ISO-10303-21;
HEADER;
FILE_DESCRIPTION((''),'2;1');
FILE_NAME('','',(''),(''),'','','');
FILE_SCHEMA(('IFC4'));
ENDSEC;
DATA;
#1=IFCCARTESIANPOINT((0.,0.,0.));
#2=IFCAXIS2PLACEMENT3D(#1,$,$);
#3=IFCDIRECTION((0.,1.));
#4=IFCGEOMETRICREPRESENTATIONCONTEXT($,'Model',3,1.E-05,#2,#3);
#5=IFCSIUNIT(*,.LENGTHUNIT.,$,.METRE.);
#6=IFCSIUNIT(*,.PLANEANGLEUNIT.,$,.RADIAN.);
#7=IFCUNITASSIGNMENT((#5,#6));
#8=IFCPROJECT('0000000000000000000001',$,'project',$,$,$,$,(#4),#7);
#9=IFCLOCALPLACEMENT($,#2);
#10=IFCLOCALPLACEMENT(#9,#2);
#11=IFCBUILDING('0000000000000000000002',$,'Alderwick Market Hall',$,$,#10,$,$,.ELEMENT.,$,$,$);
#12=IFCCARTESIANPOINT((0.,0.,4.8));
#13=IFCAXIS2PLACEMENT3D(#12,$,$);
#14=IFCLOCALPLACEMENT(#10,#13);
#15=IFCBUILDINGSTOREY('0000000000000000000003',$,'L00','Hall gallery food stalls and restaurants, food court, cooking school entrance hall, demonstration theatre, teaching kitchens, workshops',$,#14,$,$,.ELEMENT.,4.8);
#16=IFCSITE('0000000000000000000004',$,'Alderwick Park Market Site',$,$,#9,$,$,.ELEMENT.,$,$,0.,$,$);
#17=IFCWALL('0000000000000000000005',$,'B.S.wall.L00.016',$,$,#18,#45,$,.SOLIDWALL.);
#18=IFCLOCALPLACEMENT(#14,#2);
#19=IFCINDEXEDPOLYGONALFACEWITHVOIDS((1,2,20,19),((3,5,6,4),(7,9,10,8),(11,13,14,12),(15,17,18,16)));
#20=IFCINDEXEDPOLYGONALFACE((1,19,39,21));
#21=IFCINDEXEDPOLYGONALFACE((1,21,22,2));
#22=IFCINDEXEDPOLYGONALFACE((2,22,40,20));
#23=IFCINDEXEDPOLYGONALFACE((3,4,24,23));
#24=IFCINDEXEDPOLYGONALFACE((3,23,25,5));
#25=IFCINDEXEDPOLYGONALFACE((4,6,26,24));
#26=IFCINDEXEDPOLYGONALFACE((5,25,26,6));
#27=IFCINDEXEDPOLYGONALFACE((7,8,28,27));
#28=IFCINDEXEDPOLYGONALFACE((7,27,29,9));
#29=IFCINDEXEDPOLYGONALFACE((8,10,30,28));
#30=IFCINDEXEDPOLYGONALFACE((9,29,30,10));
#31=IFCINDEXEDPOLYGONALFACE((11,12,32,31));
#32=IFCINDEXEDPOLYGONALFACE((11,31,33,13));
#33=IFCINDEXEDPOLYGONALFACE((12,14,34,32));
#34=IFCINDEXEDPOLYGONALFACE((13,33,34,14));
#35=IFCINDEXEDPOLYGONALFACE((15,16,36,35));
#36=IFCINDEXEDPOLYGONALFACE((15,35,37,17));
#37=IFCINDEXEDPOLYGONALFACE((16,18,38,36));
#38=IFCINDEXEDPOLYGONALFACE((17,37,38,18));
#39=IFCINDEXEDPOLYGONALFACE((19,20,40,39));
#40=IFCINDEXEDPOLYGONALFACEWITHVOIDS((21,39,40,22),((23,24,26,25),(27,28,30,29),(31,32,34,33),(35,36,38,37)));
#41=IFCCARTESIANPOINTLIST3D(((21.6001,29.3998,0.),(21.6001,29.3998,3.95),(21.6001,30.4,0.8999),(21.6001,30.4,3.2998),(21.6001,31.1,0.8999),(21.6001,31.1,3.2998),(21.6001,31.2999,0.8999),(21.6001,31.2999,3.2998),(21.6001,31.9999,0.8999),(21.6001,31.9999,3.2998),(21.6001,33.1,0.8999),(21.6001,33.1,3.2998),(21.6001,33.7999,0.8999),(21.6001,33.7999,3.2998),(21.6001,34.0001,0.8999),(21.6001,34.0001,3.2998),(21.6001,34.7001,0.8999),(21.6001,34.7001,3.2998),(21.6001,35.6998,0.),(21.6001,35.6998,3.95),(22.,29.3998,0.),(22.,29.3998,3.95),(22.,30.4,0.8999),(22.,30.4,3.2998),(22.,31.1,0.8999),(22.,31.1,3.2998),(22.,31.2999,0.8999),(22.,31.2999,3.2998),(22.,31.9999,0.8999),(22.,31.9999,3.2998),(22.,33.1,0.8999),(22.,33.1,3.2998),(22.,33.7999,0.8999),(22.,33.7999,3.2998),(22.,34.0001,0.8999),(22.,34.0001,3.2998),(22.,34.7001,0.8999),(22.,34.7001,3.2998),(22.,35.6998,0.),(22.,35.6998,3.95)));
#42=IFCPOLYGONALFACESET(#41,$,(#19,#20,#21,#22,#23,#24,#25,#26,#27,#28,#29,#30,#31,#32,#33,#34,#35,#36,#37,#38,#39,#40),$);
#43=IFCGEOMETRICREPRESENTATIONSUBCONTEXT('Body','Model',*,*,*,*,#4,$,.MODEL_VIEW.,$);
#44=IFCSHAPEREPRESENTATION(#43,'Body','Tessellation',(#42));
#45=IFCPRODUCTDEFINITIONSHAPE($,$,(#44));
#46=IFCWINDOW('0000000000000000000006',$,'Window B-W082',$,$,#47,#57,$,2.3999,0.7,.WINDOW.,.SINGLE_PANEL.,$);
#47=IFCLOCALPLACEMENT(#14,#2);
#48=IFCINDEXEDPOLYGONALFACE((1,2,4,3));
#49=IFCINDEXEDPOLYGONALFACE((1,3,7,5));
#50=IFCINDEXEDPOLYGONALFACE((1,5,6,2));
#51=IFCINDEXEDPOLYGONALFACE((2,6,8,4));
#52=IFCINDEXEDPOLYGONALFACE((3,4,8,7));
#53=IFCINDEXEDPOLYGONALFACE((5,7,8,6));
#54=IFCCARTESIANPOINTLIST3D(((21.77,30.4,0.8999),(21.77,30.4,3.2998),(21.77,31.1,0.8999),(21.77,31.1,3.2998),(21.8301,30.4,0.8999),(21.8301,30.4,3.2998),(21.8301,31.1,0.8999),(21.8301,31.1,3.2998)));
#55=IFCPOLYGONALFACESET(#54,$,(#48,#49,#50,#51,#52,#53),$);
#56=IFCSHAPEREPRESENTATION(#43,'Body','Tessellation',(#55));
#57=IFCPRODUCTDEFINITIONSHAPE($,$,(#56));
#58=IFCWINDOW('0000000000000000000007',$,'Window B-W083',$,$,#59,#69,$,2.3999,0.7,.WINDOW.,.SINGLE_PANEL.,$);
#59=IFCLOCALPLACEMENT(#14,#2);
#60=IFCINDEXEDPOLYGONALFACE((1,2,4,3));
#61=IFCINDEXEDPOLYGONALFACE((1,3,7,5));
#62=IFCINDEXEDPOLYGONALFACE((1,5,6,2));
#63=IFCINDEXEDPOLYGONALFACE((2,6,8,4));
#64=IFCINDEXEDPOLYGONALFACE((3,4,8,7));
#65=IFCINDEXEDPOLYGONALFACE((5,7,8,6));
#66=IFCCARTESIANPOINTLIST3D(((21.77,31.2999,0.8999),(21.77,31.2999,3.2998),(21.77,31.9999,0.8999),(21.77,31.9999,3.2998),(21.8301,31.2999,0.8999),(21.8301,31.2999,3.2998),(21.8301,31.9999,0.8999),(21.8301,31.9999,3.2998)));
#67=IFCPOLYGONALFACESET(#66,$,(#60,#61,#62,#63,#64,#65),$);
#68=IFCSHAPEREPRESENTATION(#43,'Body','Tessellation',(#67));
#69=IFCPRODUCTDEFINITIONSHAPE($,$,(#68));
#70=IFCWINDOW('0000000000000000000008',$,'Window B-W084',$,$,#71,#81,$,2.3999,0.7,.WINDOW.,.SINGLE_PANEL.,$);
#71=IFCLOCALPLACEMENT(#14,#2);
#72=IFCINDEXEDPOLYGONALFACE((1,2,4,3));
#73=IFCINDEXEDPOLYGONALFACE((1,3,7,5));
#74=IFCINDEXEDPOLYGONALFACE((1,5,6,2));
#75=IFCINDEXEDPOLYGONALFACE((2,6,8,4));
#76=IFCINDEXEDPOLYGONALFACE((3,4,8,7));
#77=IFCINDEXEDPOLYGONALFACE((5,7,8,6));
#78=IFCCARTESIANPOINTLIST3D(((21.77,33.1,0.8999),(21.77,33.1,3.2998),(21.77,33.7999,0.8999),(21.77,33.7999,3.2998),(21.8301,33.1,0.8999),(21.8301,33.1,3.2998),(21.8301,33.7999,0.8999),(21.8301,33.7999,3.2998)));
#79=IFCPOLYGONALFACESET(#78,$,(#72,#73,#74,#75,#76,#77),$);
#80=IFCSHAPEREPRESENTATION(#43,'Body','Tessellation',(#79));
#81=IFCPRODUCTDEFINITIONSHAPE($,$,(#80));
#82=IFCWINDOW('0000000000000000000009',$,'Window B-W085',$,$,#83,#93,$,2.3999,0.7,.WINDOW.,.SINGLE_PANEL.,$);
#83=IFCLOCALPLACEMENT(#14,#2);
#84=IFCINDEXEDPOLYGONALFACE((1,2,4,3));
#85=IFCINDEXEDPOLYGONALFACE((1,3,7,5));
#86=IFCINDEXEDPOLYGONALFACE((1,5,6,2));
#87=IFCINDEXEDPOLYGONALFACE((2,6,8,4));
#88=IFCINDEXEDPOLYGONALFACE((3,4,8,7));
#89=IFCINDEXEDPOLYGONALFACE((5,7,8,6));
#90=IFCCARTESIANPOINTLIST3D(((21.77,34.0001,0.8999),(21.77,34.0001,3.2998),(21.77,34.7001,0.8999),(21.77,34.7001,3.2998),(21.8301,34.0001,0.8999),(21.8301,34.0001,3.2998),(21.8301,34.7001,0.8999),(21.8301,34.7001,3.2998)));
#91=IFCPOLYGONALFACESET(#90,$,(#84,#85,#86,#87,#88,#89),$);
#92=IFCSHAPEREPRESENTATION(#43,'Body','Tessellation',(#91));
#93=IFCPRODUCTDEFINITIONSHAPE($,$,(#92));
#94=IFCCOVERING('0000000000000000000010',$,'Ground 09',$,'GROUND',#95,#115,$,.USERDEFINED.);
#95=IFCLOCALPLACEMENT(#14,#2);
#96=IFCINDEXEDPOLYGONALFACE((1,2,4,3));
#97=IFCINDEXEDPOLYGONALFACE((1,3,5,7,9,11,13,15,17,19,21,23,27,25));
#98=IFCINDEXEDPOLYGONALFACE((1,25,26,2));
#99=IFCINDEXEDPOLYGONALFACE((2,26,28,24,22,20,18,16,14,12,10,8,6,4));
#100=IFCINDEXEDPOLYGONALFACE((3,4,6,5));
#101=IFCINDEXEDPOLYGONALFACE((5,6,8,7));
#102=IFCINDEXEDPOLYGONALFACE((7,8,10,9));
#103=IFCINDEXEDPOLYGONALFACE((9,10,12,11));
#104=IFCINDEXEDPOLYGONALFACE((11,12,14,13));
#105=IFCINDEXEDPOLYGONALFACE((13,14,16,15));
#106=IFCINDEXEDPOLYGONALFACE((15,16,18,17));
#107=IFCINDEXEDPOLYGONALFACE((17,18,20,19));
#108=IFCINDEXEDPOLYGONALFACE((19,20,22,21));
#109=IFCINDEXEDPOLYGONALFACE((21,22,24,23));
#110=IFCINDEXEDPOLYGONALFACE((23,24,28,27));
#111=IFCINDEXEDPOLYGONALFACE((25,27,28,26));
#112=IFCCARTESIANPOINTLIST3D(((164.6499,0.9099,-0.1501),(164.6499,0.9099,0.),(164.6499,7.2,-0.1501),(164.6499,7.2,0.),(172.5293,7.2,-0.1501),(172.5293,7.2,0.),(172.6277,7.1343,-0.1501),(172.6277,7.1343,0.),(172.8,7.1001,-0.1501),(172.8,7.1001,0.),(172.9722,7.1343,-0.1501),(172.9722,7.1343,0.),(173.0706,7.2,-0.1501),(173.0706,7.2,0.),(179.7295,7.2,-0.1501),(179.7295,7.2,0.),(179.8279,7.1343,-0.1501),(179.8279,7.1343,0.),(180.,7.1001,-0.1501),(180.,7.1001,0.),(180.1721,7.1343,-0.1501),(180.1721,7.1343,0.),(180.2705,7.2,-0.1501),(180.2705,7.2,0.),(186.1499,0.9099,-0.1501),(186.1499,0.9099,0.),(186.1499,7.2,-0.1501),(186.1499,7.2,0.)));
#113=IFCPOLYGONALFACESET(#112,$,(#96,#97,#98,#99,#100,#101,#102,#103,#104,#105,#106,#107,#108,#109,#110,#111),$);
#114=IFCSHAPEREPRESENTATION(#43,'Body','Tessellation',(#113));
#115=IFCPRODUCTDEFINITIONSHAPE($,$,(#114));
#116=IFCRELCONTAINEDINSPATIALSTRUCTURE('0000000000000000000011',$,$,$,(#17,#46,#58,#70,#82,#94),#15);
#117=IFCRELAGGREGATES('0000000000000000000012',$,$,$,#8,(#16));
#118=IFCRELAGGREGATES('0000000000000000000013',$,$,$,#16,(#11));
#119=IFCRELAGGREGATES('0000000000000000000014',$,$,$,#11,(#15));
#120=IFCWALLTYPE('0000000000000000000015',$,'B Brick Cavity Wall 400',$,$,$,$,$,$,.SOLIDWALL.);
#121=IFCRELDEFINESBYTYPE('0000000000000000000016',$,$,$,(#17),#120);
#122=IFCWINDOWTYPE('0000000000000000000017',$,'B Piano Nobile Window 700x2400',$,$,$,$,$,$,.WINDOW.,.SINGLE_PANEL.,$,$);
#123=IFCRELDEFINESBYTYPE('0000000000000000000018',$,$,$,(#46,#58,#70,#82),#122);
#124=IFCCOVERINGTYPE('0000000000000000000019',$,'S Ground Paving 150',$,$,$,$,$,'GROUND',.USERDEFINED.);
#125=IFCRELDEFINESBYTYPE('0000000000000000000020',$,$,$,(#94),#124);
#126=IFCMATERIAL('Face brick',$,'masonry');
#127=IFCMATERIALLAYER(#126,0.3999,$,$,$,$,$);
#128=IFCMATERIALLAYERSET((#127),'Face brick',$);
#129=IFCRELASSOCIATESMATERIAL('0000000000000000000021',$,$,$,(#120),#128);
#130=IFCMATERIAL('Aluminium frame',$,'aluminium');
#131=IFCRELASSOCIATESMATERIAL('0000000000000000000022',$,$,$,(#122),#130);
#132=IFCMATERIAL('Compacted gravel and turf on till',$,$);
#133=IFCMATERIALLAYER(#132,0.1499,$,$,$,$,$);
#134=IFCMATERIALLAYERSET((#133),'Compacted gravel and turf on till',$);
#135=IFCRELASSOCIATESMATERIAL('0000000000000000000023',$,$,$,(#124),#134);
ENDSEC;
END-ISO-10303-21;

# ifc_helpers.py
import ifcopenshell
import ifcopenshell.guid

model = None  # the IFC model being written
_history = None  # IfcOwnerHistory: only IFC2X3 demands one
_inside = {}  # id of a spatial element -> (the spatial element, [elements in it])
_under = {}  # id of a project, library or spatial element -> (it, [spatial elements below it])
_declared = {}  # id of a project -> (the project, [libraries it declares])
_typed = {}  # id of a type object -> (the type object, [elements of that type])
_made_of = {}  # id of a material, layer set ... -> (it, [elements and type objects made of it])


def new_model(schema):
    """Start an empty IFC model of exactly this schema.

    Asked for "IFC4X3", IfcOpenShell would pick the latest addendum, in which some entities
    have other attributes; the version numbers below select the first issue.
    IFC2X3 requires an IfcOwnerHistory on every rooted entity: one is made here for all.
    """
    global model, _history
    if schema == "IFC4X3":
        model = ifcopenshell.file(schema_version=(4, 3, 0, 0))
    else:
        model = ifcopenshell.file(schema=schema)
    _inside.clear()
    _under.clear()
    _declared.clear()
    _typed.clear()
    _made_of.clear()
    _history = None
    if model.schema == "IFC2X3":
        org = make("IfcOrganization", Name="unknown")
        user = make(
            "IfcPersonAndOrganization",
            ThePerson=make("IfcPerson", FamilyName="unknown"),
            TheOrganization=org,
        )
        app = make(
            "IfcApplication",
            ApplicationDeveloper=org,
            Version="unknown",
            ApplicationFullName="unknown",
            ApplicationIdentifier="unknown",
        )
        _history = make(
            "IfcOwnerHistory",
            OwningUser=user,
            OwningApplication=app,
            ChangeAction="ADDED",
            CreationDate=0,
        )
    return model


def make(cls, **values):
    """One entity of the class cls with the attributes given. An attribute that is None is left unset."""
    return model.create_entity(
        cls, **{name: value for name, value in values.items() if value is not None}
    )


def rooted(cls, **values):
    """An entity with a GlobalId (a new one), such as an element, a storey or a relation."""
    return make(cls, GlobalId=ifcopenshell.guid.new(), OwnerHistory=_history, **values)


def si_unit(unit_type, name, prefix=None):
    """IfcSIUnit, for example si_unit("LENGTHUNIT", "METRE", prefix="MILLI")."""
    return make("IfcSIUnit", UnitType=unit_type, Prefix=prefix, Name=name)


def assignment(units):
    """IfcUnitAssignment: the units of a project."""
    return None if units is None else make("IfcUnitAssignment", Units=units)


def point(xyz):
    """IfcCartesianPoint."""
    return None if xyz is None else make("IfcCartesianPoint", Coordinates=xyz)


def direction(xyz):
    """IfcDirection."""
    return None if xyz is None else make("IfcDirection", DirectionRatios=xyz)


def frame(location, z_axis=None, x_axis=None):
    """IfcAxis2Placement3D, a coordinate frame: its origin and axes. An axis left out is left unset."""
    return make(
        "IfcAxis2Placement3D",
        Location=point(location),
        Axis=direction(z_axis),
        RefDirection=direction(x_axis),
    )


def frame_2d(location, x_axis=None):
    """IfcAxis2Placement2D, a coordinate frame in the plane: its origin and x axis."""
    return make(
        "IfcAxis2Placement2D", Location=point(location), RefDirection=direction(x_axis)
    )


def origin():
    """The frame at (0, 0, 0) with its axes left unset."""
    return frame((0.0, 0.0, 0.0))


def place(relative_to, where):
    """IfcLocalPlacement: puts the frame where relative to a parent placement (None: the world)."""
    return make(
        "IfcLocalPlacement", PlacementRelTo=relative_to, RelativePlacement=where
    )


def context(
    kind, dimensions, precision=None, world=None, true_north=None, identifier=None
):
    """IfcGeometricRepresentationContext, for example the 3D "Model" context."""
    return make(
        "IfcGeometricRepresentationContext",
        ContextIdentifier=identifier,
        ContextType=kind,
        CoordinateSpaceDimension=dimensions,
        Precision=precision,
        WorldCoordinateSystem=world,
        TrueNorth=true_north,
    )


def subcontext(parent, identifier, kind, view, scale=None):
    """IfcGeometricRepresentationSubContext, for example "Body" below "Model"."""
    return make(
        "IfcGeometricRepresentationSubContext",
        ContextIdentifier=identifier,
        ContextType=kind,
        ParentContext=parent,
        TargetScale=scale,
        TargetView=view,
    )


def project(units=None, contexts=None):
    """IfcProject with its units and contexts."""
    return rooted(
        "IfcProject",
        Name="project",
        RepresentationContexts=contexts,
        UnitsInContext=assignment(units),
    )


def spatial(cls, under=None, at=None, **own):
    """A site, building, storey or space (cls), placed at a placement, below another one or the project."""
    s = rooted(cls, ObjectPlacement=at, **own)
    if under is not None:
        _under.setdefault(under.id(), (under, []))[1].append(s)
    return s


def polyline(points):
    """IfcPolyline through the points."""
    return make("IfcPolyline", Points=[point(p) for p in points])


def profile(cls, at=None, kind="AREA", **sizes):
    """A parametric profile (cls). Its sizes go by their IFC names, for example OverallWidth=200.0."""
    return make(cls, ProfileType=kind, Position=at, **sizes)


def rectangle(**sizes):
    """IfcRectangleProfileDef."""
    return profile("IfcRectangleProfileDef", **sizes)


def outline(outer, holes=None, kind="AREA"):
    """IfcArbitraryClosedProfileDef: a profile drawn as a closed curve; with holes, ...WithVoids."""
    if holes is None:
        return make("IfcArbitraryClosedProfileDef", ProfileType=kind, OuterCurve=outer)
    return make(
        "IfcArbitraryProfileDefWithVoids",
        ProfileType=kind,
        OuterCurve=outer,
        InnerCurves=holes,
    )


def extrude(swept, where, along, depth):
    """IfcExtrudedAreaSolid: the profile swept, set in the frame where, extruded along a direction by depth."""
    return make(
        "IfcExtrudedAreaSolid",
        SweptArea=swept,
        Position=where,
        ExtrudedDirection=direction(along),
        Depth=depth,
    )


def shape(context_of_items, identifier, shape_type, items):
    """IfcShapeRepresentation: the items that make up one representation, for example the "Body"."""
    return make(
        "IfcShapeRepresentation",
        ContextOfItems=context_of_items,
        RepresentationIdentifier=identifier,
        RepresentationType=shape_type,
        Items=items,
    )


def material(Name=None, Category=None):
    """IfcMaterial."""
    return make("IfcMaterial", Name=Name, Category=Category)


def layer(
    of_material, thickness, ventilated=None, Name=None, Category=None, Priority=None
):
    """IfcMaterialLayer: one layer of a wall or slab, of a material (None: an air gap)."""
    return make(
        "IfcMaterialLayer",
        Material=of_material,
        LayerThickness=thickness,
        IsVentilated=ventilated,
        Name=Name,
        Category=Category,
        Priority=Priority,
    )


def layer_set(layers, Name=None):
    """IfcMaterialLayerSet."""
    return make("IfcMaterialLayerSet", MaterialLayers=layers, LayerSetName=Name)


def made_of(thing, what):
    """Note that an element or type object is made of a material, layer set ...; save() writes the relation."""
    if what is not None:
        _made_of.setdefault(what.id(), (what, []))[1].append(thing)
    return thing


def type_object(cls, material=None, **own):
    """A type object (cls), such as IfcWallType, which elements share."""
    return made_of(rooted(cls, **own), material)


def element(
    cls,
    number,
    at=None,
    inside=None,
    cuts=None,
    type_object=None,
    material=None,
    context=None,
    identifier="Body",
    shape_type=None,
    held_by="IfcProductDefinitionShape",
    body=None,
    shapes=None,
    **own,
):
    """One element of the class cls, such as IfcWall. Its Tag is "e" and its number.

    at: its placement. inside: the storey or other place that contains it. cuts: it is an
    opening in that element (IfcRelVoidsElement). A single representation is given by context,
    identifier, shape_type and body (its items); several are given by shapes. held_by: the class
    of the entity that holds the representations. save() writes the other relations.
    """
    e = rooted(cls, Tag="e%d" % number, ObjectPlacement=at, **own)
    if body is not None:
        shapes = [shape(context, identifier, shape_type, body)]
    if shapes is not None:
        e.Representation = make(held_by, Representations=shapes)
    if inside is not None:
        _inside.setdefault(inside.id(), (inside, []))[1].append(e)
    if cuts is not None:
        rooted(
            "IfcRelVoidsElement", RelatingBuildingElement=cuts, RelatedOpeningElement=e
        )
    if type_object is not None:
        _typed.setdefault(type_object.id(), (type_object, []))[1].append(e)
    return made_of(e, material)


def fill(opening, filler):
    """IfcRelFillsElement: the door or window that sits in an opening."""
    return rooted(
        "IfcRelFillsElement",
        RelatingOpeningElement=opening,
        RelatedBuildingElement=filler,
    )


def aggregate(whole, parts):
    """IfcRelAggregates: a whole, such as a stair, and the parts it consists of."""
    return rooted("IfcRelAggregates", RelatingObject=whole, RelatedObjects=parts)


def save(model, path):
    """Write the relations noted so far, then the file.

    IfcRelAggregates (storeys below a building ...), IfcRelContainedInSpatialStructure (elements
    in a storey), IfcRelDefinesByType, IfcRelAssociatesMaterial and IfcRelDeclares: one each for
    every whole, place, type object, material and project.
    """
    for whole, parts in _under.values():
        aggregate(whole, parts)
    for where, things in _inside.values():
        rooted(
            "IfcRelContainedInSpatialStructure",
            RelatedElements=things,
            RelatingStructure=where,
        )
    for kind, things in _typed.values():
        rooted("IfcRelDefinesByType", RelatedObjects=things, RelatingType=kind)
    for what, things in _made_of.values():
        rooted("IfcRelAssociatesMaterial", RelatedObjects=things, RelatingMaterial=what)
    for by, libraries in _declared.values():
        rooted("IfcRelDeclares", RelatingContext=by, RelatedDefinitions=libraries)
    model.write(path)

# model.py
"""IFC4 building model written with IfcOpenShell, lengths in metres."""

from ifc_helpers import new_model, si_unit, direction, frame, frame_2d, origin, place, context, subcontext, project, spatial, polyline, rectangle, outline, extrude, material, layer, layer_set, type_object, element, fill, save


model = new_model("IFC4")

# Units and contexts
model_context = context("Model", 3, precision=1e-05, world=origin(), true_north=direction((0.0, 1.0)))
body_context = subcontext(model_context, "Body", "Model", "MODEL_VIEW")
ifc_project = project(units=[si_unit("LENGTHUNIT", "METRE"), si_unit("PLANEANGLEUNIT", "RADIAN")], contexts=[model_context])

# Site, building, storey
site_placement = place(None, origin())
site = spatial("IfcSite", under=ifc_project, at=site_placement, Name="Alderwick Park Market Site", CompositionType="ELEMENT", RefElevation=0.0)
building_placement = place(site_placement, origin())
building = spatial("IfcBuilding", under=site, at=building_placement, Name="Alderwick Market Hall", CompositionType="ELEMENT")
storey_placement = place(building_placement, frame((0.0, 0.0, 4.8)))
storey = spatial("IfcBuildingStorey", under=building, at=storey_placement, Name="L00", Description="Hall gallery food stalls and restaurants, food court, cooking school entrance hall, demonstration theatre, teaching kitchens, workshops", CompositionType="ELEMENT", Elevation=4.8)

# Wall, openings, windows
ifc_material_1 = material(Name="Face brick", Category="masonry")
ifc_layer_1 = layer(ifc_material_1, 0.3999)
ifc_layer_set_1 = layer_set([ifc_layer_1], Name="Face brick")
wall_type = type_object("IfcWallType", Name="B Brick Cavity Wall 400", PredefinedType="SOLIDWALL", material=ifc_layer_set_1)
ifc_material_2 = material(Name="Aluminium frame", Category="aluminium")
window_type = type_object("IfcWindowType", Name="B Piano Nobile Window 700x2400", PartitioningType="SINGLE_PANEL", PredefinedType="WINDOW", material=ifc_material_2)
wall_1_placement = place(storey_placement, frame((21.8, 29.3999, 0.0), z_axis=(0.0, 0.0, 1.0), x_axis=(0.0, 1.0, 0.0)))
wall_1 = element("IfcWall", 1, at=wall_1_placement, inside=storey, type_object=wall_type, Name="B.S.wall.L00.016", PredefinedType="SOLIDWALL", context=body_context, shape_type="SweptSolid", body=[
    extrude(rectangle(XDim=6.3, YDim=0.3999, at=frame_2d((3.1499, 0.0))), origin(), (0.0, 0.0, 1.0), 3.95),
])
opening_1_placement = place(wall_1_placement, frame((1.0, 0.0, 0.8999)))
opening_1 = element("IfcOpeningElement", 2, at=opening_1_placement, cuts=wall_1, PredefinedType="OPENING", context=body_context, shape_type="SweptSolid", body=[
    extrude(rectangle(XDim=0.7, YDim=2.3999, at=frame_2d((0.3501, 1.2))), frame((0.0, 0.21, 0.0), z_axis=(0.0, -1.0, 0.0), x_axis=(1.0, 0.0, 0.0)), (0.0, 0.0, 1.0), 0.4199),
])
opening_2_placement = place(wall_1_placement, frame((1.8999, 0.0, 0.8999)))
opening_2 = element("IfcOpeningElement", 3, at=opening_2_placement, cuts=wall_1, PredefinedType="OPENING", context=body_context, shape_type="SweptSolid", body=[
    extrude(rectangle(XDim=0.7, YDim=2.3999, at=frame_2d((0.3501, 1.2))), frame((0.0, 0.21, 0.0), z_axis=(0.0, -1.0, 0.0), x_axis=(1.0, 0.0, 0.0)), (0.0, 0.0, 1.0), 0.4199),
])
opening_3_placement = place(wall_1_placement, frame((3.7, 0.0, 0.8999)))
opening_3 = element("IfcOpeningElement", 4, at=opening_3_placement, cuts=wall_1, PredefinedType="OPENING", context=body_context, shape_type="SweptSolid", body=[
    extrude(rectangle(XDim=0.7, YDim=2.3999, at=frame_2d((0.3501, 1.2))), frame((0.0, 0.21, 0.0), z_axis=(0.0, -1.0, 0.0), x_axis=(1.0, 0.0, 0.0)), (0.0, 0.0, 1.0), 0.4199),
])
opening_4_placement = place(wall_1_placement, frame((4.6001, 0.0, 0.8999)))
opening_4 = element("IfcOpeningElement", 5, at=opening_4_placement, cuts=wall_1, PredefinedType="OPENING", context=body_context, shape_type="SweptSolid", body=[
    extrude(rectangle(XDim=0.7, YDim=2.3999, at=frame_2d((0.3501, 1.2))), frame((0.0, 0.21, 0.0), z_axis=(0.0, -1.0, 0.0), x_axis=(1.0, 0.0, 0.0)), (0.0, 0.0, 1.0), 0.4199),
])
window_1_placement = place(opening_1_placement, origin())
window_1 = element("IfcWindow", 6, at=window_1_placement, inside=storey, type_object=window_type, Name="Window B-W082", OverallHeight=2.3999, OverallWidth=0.7, PartitioningType="SINGLE_PANEL", PredefinedType="WINDOW", context=body_context, shape_type="SweptSolid", body=[
    extrude(rectangle(XDim=0.7, YDim=2.3999, at=frame_2d((0.3501, 1.2))), frame((0.0, 0.03, 0.0), z_axis=(0.0, -1.0, 0.0), x_axis=(1.0, 0.0, 0.0)), (0.0, 0.0, 1.0), 0.0601),
])
fill(opening_1, window_1)
window_2_placement = place(opening_2_placement, origin())
window_2 = element("IfcWindow", 7, at=window_2_placement, inside=storey, type_object=window_type, Name="Window B-W083", OverallHeight=2.3999, OverallWidth=0.7, PartitioningType="SINGLE_PANEL", PredefinedType="WINDOW", context=body_context, shape_type="SweptSolid", body=[
    extrude(rectangle(XDim=0.7, YDim=2.3999, at=frame_2d((0.3501, 1.2))), frame((0.0, 0.03, 0.0), z_axis=(0.0, -1.0, 0.0), x_axis=(1.0, 0.0, 0.0)), (0.0, 0.0, 1.0), 0.0601),
])
fill(opening_2, window_2)
window_3_placement = place(opening_3_placement, origin())
window_3 = element("IfcWindow", 8, at=window_3_placement, inside=storey, type_object=window_type, Name="Window B-W084", OverallHeight=2.3999, OverallWidth=0.7, PartitioningType="SINGLE_PANEL", PredefinedType="WINDOW", context=body_context, shape_type="SweptSolid", body=[
    extrude(rectangle(XDim=0.7, YDim=2.3999, at=frame_2d((0.3501, 1.2))), frame((0.0, 0.03, 0.0), z_axis=(0.0, -1.0, 0.0), x_axis=(1.0, 0.0, 0.0)), (0.0, 0.0, 1.0), 0.0601),
])
fill(opening_3, window_3)
window_4_placement = place(opening_4_placement, origin())
window_4 = element("IfcWindow", 9, at=window_4_placement, inside=storey, type_object=window_type, Name="Window B-W085", OverallHeight=2.3999, OverallWidth=0.7, PartitioningType="SINGLE_PANEL", PredefinedType="WINDOW", context=body_context, shape_type="SweptSolid", body=[
    extrude(rectangle(XDim=0.7, YDim=2.3999, at=frame_2d((0.3501, 1.2))), frame((0.0, 0.03, 0.0), z_axis=(0.0, -1.0, 0.0), x_axis=(1.0, 0.0, 0.0)), (0.0, 0.0, 1.0), 0.0601),
])
fill(opening_4, window_4)

# Covering
ifc_material_3 = material(Name="Compacted gravel and turf on till")
ifc_layer_2 = layer(ifc_material_3, 0.1499)
ifc_layer_set_2 = layer_set([ifc_layer_2], Name="Compacted gravel and turf on till")
covering_type = type_object("IfcCoveringType", Name="S Ground Paving 150", ElementType="GROUND", PredefinedType="USERDEFINED", material=ifc_layer_set_2)
covering_1_placement = place(storey_placement, frame((0.0, 0.0, -0.1501)))
element("IfcCovering", 10, at=covering_1_placement, inside=storey, type_object=covering_type, Name="Ground 09", ObjectType="GROUND", PredefinedType="USERDEFINED", context=body_context, shape_type="SweptSolid", body=[
    extrude(outline(polyline([(179.7295, 7.2), (173.0706, 7.2), (172.9722, 7.1343), (172.8, 7.1001), (172.6277, 7.1343), (172.5293, 7.2), (164.6499, 7.2), (164.6499, 0.9099), (186.1499, 0.9099), (186.1499, 7.2), (180.2705, 7.2), (180.1721, 7.1343), (180.0, 7.1001), (179.8279, 7.1343), (179.7295, 7.2)])), origin(), (0.0, 0.0, 1.0), 0.1501),
])

save(model, "model.ifc")
